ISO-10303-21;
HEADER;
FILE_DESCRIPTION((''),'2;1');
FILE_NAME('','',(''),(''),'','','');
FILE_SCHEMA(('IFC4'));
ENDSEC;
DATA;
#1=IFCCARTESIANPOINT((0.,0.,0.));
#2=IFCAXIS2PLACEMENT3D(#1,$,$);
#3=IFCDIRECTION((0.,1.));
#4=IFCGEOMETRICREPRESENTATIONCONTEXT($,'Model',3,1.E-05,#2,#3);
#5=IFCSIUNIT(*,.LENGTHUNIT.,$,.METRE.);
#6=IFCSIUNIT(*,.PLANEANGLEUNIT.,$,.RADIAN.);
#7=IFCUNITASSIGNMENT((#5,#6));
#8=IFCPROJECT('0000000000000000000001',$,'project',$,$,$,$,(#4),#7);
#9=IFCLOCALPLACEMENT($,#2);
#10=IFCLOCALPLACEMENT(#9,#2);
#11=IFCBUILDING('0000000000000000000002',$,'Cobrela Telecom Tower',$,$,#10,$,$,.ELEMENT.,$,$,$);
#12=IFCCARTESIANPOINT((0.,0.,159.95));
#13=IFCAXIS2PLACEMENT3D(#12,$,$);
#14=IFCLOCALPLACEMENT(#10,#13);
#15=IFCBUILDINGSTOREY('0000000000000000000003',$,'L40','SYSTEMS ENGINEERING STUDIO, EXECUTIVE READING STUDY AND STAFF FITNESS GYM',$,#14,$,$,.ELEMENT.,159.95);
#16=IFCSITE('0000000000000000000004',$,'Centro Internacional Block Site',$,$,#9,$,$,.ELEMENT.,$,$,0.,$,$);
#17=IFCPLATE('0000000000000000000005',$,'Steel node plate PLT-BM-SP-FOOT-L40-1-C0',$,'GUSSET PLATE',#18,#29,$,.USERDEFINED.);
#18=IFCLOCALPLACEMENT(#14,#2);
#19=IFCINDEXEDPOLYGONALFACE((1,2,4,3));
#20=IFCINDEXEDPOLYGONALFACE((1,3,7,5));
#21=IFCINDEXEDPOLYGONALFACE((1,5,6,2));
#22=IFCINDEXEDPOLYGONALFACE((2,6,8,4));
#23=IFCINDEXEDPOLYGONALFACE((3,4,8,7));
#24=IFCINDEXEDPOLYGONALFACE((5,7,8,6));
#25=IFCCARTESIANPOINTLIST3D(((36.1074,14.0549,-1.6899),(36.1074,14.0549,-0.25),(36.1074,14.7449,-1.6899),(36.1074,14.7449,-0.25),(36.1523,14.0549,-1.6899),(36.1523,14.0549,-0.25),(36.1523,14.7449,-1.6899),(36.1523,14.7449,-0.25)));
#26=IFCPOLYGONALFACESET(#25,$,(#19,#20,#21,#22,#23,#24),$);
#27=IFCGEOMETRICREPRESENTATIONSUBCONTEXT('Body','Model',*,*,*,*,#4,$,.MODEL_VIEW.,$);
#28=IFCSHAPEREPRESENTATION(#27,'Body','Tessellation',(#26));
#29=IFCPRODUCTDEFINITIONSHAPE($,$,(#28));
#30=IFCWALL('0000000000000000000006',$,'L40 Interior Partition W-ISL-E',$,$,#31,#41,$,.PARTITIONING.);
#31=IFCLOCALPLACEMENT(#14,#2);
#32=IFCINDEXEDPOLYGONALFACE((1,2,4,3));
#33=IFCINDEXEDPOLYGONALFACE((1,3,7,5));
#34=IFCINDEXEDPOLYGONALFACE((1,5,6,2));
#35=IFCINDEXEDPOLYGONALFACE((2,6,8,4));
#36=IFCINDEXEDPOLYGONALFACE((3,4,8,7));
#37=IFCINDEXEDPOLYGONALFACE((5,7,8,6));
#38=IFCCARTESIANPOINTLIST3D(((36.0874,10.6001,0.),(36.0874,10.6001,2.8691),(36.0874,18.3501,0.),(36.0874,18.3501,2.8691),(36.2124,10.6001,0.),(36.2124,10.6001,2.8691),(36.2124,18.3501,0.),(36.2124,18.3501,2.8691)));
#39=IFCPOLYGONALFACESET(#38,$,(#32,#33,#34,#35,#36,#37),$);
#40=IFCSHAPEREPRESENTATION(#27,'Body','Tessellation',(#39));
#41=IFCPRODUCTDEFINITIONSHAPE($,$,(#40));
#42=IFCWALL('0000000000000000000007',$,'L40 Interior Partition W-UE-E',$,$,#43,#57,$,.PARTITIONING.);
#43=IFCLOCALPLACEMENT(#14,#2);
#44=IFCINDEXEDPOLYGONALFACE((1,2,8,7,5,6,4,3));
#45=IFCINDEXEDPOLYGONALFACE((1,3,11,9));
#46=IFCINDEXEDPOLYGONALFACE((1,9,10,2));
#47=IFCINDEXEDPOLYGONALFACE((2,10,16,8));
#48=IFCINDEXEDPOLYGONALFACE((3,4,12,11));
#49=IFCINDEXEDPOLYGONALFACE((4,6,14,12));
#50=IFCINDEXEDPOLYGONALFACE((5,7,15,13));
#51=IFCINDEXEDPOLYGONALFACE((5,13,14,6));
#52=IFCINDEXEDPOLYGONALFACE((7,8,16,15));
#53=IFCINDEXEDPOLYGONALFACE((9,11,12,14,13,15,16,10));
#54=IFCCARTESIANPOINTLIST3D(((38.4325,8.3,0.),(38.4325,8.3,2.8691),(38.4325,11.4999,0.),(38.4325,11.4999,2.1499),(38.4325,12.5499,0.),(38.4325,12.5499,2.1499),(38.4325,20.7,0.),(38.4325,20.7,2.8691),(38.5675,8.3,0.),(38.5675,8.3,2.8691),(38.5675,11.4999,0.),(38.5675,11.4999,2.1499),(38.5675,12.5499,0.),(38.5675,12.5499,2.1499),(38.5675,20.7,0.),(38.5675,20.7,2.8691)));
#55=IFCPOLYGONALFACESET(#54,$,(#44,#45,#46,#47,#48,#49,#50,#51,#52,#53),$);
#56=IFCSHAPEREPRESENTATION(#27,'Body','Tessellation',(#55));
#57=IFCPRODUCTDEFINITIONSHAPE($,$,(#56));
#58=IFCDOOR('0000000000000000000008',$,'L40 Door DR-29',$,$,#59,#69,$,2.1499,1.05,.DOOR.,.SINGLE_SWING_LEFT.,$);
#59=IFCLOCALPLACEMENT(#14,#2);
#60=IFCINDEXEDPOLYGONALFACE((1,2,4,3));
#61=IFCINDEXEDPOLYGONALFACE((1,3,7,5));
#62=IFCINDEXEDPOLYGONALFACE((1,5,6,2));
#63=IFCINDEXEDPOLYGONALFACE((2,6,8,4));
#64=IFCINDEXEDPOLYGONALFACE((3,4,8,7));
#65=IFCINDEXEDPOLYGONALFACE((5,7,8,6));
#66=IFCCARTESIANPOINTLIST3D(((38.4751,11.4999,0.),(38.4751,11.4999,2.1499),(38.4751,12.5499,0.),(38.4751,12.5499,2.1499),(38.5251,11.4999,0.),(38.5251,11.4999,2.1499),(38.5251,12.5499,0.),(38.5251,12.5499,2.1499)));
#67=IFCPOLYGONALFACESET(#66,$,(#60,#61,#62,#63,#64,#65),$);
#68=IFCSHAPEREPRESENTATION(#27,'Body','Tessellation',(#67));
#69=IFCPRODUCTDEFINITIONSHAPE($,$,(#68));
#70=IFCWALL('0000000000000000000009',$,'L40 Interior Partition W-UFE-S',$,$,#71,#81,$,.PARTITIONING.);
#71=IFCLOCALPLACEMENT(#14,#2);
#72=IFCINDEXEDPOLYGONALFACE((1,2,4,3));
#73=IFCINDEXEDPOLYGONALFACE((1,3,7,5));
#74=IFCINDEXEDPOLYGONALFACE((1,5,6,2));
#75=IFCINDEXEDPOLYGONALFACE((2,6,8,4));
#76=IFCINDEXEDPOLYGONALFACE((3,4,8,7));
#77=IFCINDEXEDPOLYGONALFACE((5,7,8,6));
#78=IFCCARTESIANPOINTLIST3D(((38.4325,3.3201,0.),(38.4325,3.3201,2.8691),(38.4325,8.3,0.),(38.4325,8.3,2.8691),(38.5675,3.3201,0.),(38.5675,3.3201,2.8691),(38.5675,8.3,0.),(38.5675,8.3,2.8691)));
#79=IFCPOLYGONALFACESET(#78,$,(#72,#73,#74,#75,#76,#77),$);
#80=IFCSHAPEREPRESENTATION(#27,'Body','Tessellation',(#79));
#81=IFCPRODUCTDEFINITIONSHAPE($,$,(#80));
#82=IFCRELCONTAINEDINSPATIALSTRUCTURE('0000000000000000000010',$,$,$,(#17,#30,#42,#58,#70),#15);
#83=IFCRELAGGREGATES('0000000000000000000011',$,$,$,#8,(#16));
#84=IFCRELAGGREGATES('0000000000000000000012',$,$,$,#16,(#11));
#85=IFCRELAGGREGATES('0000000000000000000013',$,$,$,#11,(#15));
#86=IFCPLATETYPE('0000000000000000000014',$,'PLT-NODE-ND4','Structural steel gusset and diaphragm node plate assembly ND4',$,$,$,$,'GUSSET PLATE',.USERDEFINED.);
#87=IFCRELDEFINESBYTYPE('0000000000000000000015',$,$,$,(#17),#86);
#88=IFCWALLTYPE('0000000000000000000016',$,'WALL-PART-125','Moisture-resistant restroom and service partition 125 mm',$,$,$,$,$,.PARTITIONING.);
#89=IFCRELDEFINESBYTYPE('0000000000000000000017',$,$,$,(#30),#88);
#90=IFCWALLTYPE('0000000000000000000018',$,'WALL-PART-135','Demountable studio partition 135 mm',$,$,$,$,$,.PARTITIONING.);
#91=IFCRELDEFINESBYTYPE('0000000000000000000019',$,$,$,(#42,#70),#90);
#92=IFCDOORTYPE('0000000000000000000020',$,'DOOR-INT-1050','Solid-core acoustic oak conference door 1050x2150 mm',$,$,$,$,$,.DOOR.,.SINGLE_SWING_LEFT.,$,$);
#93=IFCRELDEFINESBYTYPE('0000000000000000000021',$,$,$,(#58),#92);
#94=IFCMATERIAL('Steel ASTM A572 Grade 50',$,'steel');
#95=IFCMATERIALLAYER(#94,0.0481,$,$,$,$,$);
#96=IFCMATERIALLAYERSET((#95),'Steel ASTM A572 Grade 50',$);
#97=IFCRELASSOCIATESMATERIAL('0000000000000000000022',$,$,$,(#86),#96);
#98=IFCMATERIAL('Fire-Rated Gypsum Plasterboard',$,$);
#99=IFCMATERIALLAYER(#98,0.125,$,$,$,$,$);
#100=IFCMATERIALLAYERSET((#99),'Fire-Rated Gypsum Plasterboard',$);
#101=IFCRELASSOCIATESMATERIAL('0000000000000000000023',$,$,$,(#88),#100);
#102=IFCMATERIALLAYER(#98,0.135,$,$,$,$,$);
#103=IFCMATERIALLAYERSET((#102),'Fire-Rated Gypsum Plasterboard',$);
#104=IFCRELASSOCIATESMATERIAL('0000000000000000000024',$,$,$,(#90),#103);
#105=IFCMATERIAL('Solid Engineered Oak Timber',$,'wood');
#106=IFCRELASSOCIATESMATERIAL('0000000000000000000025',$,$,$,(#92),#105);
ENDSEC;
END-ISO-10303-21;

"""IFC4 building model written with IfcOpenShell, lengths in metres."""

from ifc_helpers import new_model, si_unit, direction, frame, frame_2d, origin, origin_2d, place, context, subcontext, project, spatial, rectangle, extrude, material, layer, layer_set, type_object, element, fill, save


model = new_model("IFC4")

# Units and contexts
model_context = context("Model", 3, precision=1e-05, world=origin(), true_north=direction((0.0, 1.0)))
body_context = subcontext(model_context, "Body", "Model", "MODEL_VIEW")
ifc_project = project(units=[si_unit("LENGTHUNIT", "METRE"), si_unit("PLANEANGLEUNIT", "RADIAN")], contexts=[model_context])

# Site, building, storey
site_placement = place(None, origin())
site = spatial("IfcSite", under=ifc_project, at=site_placement, Name="Centro Internacional Block Site", CompositionType="ELEMENT", RefElevation=0.0)
building_placement = place(site_placement, origin())
building = spatial("IfcBuilding", under=site, at=building_placement, Name="Cobrela Telecom Tower", CompositionType="ELEMENT")
storey_placement = place(building_placement, frame((0.0, 0.0, 159.95)))
storey = spatial("IfcBuildingStorey", under=building, at=storey_placement, Name="L40", Description="SYSTEMS ENGINEERING STUDIO, EXECUTIVE READING STUDY AND STAFF FITNESS GYM", CompositionType="ELEMENT", Elevation=159.95)

# Shared definitions
ifc_material_1 = material(Name="Steel ASTM A572 Grade 50", Category="steel")

# Plate
ifc_layer_1 = layer(ifc_material_1, 0.0481)
ifc_layer_set_1 = layer_set([ifc_layer_1], Name="Steel ASTM A572 Grade 50")
plate_type_1 = type_object("IfcPlateType", Name="PLT-NODE-ND4", Description="Structural steel gusset and diaphragm node plate assembly ND4", ElementType="GUSSET PLATE", PredefinedType="USERDEFINED", material=ifc_layer_set_1)
plate_1_placement = place(storey_placement, frame((36.1299, 14.3999, -1.6899), z_axis=(0.0, 0.0, 1.0), x_axis=(1.0, 0.0, 0.0)))
element("IfcPlate", 1, at=plate_1_placement, inside=storey, type_object=plate_type_1, Name="Steel node plate PLT-BM-SP-FOOT-L40-1-C0", ObjectType="GUSSET PLATE", PredefinedType="USERDEFINED", context=body_context, shape_type="SweptSolid", body=[
    extrude(rectangle(XDim=0.0449, YDim=0.6899, at=origin_2d()), origin(), (0.0, 0.0, 1.0), 1.4399),
])

# Wall
ifc_material_2 = material(Name="Fire-Rated Gypsum Plasterboard")
ifc_layer_2 = layer(ifc_material_2, 0.125)
ifc_layer_set_2 = layer_set([ifc_layer_2], Name="Fire-Rated Gypsum Plasterboard")
wall_type_1 = type_object("IfcWallType", Name="WALL-PART-125", Description="Moisture-resistant restroom and service partition 125 mm", PredefinedType="PARTITIONING", material=ifc_layer_set_2)
wall_1_placement = place(storey_placement, frame((36.1499, 10.6001, 0.0), z_axis=(0.0, 0.0, 1.0), x_axis=(0.0, 1.0, 0.0)))
element("IfcWall", 2, at=wall_1_placement, inside=storey, type_object=wall_type_1, Name="L40 Interior Partition W-ISL-E", PredefinedType="PARTITIONING", context=body_context, shape_type="SweptSolid", body=[
    extrude(rectangle(XDim=7.75, YDim=0.125, at=frame_2d((3.875, 0.0))), origin(), (0.0, 0.0, 1.0), 2.8691),
])

# Wall, opening, door
ifc_layer_3 = layer(ifc_material_2, 0.135)
ifc_layer_set_3 = layer_set([ifc_layer_3], Name="Fire-Rated Gypsum Plasterboard")
wall_type_2 = type_object("IfcWallType", Name="WALL-PART-135", Description="Demountable studio partition 135 mm", PredefinedType="PARTITIONING", material=ifc_layer_set_3)
wall_2_placement = place(storey_placement, frame((38.5, 8.3, 0.0), z_axis=(0.0, 0.0, 1.0), x_axis=(0.0, 1.0, 0.0)))
wall_2 = element("IfcWall", 3, at=wall_2_placement, inside=storey, type_object=wall_type_2, Name="L40 Interior Partition W-UE-E", PredefinedType="PARTITIONING", context=body_context, shape_type="SweptSolid", body=[
    extrude(rectangle(XDim=12.3999, YDim=0.135, at=frame_2d((6.2, 0.0))), origin(), (0.0, 0.0, 1.0), 2.8691),
])
opening_placement = place(wall_2_placement, frame((3.2, 0.0, 0.0)))
opening = element("IfcOpeningElement", 4, at=opening_placement, cuts=wall_2, PredefinedType="OPENING", context=body_context, shape_type="SweptSolid", body=[
    extrude(rectangle(XDim=1.05, YDim=2.1499, at=frame_2d((0.5249, 1.075))), frame((0.0, 0.0796, 0.0), z_axis=(0.0, -1.0, 0.0), x_axis=(1.0, 0.0, 0.0)), (0.0, 0.0, 1.0), 0.1589),
])
ifc_material_3 = material(Name="Solid Engineered Oak Timber", Category="wood")
door_type = type_object("IfcDoorType", Name="DOOR-INT-1050", Description="Solid-core acoustic oak conference door 1050x2150 mm", OperationType="SINGLE_SWING_LEFT", PredefinedType="DOOR", material=ifc_material_3)
door_placement = place(opening_placement, origin())
door = element("IfcDoor", 5, at=door_placement, inside=storey, type_object=door_type, Name="L40 Door DR-29", OperationType="SINGLE_SWING_LEFT", OverallHeight=2.1499, OverallWidth=1.05, PredefinedType="DOOR", context=body_context, shape_type="SweptSolid", body=[
    extrude(rectangle(XDim=1.05, YDim=2.1499, at=frame_2d((0.5249, 1.075))), frame((0.0, 0.0249, 0.0), z_axis=(0.0, -1.0, 0.0), x_axis=(1.0, 0.0, 0.0)), (0.0, 0.0, 1.0), 0.05),
])
fill(opening, door)

# Wall
wall_3_placement = place(storey_placement, frame((38.5, 3.3201, 0.0), z_axis=(0.0, 0.0, 1.0), x_axis=(0.0, 1.0, 0.0)))
element("IfcWall", 6, at=wall_3_placement, inside=storey, type_object=wall_type_2, Name="L40 Interior Partition W-UFE-S", PredefinedType="PARTITIONING", context=body_context, shape_type="SweptSolid", body=[
    extrude(rectangle(XDim=4.98, YDim=0.135, at=frame_2d((2.49, 0.0))), origin(), (0.0, 0.0, 1.0), 2.8691),
])

save(model, "model.ifc")
